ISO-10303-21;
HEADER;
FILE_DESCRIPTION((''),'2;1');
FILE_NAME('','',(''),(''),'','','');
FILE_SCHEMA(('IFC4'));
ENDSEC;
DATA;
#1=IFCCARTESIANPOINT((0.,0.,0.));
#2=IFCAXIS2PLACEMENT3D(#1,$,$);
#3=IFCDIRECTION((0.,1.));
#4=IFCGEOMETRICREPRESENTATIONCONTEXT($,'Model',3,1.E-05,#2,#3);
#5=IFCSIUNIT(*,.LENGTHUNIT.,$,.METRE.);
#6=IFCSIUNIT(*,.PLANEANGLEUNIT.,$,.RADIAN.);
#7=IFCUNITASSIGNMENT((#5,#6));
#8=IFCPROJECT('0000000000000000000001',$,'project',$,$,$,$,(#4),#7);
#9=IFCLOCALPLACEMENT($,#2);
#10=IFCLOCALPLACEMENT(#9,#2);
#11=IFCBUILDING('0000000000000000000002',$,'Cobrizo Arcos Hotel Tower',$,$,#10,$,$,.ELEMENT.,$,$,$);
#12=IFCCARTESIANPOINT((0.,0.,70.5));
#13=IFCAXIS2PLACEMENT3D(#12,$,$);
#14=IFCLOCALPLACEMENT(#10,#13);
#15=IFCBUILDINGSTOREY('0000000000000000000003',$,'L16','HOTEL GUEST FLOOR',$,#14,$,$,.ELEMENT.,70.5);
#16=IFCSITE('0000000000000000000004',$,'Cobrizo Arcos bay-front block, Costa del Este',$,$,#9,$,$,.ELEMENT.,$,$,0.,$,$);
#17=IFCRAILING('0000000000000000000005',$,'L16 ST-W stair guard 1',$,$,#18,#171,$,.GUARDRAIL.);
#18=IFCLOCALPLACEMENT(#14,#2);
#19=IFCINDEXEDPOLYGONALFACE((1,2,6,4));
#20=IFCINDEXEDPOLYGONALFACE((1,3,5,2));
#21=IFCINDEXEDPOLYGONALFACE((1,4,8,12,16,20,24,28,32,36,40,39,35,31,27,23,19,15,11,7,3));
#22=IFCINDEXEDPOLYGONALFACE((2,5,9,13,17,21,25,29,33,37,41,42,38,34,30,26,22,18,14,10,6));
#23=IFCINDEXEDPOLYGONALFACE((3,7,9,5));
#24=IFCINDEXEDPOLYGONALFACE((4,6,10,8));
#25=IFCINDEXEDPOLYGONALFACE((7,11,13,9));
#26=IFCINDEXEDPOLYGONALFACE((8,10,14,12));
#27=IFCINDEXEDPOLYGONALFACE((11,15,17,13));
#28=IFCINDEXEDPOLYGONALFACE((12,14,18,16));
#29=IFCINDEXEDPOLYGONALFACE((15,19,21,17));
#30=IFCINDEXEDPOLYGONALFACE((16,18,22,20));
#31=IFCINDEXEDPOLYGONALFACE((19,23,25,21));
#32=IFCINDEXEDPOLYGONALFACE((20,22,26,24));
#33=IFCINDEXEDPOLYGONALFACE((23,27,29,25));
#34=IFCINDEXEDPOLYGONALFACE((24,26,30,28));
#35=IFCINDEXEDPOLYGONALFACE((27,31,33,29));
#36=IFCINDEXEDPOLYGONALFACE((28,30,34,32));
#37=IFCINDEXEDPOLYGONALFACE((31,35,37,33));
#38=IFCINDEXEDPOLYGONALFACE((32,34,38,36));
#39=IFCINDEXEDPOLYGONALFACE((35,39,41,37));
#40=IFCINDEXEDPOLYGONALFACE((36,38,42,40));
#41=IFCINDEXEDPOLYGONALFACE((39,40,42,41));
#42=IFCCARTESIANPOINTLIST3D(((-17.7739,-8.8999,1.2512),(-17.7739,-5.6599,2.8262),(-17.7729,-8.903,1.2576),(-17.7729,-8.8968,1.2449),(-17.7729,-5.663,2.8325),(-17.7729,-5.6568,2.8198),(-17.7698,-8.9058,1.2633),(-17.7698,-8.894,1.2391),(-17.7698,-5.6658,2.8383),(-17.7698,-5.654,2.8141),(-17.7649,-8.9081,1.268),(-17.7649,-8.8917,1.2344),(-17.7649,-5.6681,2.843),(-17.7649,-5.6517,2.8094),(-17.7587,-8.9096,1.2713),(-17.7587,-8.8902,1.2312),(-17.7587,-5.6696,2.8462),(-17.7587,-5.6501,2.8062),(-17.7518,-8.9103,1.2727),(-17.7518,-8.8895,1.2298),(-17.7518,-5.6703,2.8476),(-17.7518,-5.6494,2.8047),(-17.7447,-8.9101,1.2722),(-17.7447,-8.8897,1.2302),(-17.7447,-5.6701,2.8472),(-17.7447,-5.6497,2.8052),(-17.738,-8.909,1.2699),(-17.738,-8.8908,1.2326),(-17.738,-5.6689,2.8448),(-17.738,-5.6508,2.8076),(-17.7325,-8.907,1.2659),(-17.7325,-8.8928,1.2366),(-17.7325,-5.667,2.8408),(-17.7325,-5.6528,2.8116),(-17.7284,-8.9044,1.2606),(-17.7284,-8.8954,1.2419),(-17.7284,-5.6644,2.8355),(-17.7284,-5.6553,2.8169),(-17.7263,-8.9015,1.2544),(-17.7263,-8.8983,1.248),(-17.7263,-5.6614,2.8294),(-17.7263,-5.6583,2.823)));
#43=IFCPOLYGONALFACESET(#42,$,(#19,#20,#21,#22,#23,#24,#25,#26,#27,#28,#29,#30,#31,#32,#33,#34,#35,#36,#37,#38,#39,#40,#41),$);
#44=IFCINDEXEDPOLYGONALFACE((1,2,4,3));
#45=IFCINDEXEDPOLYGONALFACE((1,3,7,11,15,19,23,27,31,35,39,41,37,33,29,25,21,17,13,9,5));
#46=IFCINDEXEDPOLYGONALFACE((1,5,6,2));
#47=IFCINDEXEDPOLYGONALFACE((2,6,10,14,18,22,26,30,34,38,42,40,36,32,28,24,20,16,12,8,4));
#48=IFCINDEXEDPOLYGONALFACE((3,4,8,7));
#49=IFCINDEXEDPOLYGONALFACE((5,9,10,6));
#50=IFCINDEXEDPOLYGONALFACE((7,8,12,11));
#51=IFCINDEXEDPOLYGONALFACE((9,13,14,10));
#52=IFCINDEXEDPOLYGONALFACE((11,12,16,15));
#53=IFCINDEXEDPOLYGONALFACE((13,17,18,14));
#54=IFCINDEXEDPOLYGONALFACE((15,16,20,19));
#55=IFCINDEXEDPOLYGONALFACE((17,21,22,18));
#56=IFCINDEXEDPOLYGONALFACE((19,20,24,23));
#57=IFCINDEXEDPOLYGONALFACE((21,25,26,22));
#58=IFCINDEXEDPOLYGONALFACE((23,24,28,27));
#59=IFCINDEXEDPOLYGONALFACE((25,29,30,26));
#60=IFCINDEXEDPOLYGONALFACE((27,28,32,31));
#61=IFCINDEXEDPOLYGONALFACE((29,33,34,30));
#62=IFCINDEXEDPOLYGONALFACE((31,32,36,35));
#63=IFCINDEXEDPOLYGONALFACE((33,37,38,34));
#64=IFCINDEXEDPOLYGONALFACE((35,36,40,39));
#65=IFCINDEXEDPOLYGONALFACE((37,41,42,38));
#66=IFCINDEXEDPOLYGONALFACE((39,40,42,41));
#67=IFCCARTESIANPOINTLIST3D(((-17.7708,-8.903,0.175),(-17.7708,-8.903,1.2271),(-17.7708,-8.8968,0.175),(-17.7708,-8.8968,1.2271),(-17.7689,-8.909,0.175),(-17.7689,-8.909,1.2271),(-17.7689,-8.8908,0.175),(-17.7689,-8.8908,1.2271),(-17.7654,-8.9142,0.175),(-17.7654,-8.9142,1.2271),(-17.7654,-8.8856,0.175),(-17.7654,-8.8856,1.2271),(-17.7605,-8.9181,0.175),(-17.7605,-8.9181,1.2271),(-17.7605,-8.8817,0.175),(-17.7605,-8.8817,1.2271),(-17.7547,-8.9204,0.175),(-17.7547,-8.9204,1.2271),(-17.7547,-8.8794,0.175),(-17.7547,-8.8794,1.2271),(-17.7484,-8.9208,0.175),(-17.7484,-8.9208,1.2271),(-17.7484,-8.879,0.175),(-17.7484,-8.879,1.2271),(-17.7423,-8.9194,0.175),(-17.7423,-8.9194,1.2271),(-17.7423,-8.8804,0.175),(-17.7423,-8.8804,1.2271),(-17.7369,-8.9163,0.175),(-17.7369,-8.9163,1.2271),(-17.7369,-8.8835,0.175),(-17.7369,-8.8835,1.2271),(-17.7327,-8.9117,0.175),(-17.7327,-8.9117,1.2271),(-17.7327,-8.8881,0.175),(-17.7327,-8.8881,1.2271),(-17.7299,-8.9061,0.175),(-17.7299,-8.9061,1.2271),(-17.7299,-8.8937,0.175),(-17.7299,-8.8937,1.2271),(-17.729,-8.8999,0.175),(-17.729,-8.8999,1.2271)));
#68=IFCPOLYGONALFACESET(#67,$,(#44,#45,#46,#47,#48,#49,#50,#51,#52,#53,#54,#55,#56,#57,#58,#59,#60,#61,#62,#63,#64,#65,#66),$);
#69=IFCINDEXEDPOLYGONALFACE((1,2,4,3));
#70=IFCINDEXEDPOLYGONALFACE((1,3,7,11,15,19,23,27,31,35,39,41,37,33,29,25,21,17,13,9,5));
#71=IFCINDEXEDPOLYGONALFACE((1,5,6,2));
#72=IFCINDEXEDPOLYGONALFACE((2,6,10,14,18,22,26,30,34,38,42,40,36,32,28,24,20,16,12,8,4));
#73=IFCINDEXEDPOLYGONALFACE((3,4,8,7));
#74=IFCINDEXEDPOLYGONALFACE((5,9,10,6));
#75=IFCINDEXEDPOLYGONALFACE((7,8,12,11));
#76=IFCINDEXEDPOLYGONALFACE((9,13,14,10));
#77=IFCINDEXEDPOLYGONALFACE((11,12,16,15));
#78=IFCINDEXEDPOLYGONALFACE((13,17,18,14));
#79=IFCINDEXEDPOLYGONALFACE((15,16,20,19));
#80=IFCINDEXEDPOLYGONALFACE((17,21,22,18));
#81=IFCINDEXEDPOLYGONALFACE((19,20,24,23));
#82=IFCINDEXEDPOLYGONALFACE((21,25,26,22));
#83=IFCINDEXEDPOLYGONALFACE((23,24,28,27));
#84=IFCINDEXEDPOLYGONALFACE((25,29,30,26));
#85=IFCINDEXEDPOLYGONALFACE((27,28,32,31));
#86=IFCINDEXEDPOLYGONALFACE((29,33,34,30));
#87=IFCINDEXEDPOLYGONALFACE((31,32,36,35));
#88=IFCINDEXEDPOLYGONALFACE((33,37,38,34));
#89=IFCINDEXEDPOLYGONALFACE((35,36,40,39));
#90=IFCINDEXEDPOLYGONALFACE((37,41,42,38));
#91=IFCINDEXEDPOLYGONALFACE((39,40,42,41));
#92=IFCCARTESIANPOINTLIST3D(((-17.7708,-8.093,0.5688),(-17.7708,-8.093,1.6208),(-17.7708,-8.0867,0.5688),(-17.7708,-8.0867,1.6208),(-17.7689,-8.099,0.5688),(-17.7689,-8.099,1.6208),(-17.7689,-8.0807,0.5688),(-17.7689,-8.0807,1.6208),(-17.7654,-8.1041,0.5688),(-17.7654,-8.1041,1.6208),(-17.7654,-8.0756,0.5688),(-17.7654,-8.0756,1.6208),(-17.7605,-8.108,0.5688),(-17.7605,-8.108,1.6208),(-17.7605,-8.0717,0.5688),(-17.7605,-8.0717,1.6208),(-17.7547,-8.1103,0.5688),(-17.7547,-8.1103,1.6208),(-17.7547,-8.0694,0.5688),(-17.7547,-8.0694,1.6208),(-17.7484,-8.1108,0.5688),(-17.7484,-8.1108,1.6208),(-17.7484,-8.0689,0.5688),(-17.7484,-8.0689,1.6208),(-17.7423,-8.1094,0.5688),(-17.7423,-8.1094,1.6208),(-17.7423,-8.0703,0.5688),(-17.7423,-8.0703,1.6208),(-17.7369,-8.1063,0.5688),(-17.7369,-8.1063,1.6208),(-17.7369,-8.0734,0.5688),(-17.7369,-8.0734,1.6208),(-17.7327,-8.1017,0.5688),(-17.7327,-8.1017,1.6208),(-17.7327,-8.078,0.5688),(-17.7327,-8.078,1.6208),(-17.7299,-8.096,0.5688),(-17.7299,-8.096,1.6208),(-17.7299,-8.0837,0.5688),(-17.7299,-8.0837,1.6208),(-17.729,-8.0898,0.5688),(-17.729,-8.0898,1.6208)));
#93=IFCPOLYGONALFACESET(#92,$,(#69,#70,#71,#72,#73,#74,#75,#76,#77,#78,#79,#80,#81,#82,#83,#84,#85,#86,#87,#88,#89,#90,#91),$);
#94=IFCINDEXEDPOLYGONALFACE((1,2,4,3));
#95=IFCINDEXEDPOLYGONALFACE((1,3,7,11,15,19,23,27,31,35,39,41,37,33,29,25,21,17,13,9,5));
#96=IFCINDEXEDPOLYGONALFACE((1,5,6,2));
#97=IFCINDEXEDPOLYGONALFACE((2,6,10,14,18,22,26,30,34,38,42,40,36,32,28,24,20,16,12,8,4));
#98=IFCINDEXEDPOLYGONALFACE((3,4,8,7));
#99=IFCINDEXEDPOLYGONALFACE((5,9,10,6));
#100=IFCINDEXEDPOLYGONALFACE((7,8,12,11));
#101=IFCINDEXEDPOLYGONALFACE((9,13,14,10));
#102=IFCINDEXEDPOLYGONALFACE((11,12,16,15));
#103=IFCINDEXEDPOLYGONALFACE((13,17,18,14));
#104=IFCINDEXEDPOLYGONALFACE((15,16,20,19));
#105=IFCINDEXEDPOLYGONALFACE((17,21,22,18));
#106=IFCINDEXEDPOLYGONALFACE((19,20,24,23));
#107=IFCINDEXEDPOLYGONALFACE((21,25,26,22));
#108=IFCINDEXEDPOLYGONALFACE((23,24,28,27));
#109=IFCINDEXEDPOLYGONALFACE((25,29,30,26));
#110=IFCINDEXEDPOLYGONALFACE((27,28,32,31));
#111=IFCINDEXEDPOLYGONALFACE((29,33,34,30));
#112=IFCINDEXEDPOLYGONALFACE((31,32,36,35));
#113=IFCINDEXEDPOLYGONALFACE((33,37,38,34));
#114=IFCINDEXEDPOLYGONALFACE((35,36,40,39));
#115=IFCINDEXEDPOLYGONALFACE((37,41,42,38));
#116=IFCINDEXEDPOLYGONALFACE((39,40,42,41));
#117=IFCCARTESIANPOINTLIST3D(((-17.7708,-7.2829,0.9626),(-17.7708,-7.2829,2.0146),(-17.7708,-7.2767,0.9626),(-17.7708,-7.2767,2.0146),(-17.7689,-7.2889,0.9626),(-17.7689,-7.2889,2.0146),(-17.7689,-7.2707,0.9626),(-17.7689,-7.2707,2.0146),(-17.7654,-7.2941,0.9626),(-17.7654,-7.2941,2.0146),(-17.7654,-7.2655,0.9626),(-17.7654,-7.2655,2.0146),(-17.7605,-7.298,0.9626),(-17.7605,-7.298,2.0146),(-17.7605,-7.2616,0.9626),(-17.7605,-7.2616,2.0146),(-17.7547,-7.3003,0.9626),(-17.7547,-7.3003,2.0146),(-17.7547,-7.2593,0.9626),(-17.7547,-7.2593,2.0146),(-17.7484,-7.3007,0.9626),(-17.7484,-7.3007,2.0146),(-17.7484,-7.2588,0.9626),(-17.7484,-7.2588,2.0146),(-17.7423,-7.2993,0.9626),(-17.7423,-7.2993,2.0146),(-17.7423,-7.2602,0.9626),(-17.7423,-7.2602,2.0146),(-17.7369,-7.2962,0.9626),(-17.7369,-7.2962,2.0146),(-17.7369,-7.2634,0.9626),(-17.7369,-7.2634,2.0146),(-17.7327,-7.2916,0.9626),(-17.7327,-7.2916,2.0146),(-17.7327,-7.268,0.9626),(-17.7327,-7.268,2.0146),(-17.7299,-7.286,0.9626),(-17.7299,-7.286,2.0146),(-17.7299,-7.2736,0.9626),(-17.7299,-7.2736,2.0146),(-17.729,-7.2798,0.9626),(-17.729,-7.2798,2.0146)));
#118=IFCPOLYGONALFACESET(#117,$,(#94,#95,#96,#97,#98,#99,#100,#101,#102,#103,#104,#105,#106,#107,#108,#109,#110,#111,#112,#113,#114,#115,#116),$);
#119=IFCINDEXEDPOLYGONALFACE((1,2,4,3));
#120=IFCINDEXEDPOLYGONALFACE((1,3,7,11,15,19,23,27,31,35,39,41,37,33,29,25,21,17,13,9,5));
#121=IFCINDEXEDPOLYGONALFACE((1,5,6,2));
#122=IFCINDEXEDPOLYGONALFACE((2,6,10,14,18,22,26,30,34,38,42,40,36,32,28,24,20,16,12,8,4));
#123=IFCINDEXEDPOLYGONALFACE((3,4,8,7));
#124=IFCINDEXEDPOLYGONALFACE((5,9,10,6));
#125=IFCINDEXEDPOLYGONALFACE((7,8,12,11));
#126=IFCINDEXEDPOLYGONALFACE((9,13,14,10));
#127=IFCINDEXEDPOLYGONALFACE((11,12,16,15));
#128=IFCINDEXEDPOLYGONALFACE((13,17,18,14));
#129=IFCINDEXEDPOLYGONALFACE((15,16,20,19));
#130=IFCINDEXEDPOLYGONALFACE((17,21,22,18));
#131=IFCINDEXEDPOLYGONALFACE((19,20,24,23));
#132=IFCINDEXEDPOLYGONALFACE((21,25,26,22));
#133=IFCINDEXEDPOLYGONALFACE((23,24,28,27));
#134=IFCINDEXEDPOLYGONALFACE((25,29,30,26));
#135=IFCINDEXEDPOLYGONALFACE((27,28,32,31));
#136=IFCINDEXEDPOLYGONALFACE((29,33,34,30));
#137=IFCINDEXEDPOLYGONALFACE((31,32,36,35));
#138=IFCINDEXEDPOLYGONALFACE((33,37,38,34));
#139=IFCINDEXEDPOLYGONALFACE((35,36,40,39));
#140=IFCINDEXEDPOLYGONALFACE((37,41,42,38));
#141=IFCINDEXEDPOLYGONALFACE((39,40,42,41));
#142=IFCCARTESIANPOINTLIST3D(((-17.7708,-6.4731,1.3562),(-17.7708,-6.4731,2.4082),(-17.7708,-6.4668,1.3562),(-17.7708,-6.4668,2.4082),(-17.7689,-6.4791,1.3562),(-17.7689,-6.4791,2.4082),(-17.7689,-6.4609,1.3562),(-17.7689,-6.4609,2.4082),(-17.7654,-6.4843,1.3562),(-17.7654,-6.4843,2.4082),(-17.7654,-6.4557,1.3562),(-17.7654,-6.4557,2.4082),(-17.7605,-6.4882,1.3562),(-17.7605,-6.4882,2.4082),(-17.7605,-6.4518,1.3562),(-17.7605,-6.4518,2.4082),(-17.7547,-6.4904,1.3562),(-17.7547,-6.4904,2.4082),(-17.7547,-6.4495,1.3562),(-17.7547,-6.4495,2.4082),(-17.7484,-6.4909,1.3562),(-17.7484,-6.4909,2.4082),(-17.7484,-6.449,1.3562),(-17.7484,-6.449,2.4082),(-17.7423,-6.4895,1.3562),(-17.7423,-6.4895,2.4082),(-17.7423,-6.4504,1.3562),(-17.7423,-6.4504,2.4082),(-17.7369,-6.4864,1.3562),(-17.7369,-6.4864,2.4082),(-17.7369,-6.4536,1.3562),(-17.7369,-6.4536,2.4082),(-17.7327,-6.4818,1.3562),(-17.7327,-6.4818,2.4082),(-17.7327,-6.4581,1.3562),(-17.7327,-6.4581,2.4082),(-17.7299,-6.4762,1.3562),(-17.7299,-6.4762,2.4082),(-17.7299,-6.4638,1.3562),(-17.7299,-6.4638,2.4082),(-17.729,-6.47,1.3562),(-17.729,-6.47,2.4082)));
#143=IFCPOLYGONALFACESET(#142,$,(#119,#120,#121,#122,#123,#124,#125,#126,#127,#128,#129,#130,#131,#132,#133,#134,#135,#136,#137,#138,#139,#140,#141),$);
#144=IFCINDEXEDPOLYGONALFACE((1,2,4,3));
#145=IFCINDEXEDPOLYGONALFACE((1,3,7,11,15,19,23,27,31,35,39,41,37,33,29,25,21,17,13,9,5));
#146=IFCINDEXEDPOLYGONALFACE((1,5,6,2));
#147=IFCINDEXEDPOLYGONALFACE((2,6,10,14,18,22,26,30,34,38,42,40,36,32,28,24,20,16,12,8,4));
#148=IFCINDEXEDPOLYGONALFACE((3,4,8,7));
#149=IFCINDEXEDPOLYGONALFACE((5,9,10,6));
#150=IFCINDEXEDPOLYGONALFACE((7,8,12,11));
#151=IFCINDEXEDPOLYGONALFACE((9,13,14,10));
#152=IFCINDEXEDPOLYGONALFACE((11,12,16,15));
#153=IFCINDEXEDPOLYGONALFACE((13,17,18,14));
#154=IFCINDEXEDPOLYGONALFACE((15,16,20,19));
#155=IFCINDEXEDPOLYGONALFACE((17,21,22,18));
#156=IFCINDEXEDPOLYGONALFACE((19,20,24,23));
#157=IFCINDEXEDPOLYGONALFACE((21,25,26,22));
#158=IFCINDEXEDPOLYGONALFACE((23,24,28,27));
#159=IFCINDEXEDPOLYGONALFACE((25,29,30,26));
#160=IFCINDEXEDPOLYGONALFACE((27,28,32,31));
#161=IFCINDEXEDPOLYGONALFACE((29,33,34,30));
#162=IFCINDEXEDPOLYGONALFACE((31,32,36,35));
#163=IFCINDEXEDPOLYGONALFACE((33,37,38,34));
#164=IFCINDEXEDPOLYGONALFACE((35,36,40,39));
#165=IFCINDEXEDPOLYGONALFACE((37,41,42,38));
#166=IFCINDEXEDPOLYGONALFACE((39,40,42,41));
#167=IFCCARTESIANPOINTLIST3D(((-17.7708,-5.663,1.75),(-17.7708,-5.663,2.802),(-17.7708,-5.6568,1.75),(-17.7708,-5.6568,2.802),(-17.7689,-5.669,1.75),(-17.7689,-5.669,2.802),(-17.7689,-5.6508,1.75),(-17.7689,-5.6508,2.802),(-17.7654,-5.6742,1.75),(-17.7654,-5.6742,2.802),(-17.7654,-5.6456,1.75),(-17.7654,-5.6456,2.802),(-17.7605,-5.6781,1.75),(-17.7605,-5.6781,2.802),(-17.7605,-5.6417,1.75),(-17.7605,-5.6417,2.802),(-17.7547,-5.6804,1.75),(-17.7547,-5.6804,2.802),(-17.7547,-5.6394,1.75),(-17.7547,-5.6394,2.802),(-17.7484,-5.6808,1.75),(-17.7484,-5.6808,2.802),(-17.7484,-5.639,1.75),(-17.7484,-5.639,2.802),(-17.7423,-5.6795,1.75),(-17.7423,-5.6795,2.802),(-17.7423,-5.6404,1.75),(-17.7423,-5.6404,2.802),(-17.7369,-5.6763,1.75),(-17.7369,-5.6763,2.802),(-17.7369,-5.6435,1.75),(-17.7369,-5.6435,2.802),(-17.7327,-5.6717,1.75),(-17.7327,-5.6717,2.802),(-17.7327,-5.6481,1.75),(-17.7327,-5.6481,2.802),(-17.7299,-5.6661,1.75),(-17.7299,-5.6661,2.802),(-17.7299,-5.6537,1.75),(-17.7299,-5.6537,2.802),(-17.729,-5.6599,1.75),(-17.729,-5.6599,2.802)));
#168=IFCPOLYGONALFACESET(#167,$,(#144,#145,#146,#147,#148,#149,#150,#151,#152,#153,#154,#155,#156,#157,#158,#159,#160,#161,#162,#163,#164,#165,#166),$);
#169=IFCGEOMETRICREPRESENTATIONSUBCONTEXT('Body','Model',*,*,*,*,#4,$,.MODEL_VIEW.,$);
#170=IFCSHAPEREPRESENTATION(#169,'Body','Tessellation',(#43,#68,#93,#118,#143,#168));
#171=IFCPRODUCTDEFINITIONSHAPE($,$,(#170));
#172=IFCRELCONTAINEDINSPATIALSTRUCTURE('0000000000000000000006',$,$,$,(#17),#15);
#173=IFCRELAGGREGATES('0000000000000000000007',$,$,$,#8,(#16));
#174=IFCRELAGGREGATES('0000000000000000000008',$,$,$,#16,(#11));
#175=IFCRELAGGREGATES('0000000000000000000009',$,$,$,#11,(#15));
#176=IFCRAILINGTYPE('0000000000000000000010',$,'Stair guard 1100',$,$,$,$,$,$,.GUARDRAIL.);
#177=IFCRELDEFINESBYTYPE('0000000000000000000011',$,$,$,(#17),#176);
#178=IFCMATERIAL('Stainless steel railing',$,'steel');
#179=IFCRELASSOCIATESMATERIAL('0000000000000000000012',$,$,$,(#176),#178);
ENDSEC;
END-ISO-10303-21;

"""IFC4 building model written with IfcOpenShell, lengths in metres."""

from ifc_helpers import new_model, si_unit, direction, frame, origin, origin_2d, place, context, subcontext, project, spatial, circle, extrude, material, type_object, element, save


model = new_model("IFC4")

# Units and contexts
model_context = context("Model", 3, precision=1e-05, world=origin(), true_north=direction((0.0, 1.0)))
body_context = subcontext(model_context, "Body", "Model", "MODEL_VIEW")
ifc_project = project(units=[si_unit("LENGTHUNIT", "METRE"), si_unit("PLANEANGLEUNIT", "RADIAN")], contexts=[model_context])

# Site, building, storey
site_placement = place(None, origin())
site = spatial("IfcSite", under=ifc_project, at=site_placement, Name="Cobrizo Arcos bay-front block, Costa del Este", CompositionType="ELEMENT", RefElevation=0.0)
building_placement = place(site_placement, origin())
building = spatial("IfcBuilding", under=site, at=building_placement, Name="Cobrizo Arcos Hotel Tower", CompositionType="ELEMENT")
storey_placement = place(building_placement, frame((0.0, 0.0, 70.5)))
storey = spatial("IfcBuildingStorey", under=building, at=storey_placement, Name="L16", Description="HOTEL GUEST FLOOR", CompositionType="ELEMENT", Elevation=70.5)

# Railing
ifc_material_1 = material(Name="Stainless steel railing", Category="steel")
railing_type_1 = type_object("IfcRailingType", Name="Stair guard 1100", PredefinedType="GUARDRAIL", material=ifc_material_1)
railing_1_placement = place(storey_placement, frame((-17.75, -8.8999, 0.175)))
element("IfcRailing", 1, at=railing_1_placement, inside=storey, type_object=railing_type_1, Name="L16 ST-W stair guard 1", PredefinedType="GUARDRAIL", context=body_context, shape_type="SweptSolid", body=[
    extrude(circle(Radius=0.0239, at=origin_2d()), frame((0.0, 0.0, 1.0762), z_axis=(0.0, 0.899373, 0.437183), x_axis=(-1.0, 0.0, 0.0)), (0.0, 0.0, 1.0), 3.6025),
    extrude(circle(Radius=0.021, at=origin_2d()), origin(), (0.0, 0.0, 1.0), 1.052),
    extrude(circle(Radius=0.021, at=origin_2d()), frame((0.0, 0.8101, 0.3938)), (0.0, 0.0, 1.0), 1.052),
    extrude(circle(Radius=0.021, at=origin_2d()), frame((0.0, 1.6201, 0.7876)), (0.0, 0.0, 1.0), 1.052),
    extrude(circle(Radius=0.021, at=origin_2d()), frame((0.0, 2.4299, 1.1812)), (0.0, 0.0, 1.0), 1.052),
    extrude(circle(Radius=0.021, at=origin_2d()), frame((0.0, 3.24, 1.575)), (0.0, 0.0, 1.0), 1.052),
])

save(model, "model.ifc")
